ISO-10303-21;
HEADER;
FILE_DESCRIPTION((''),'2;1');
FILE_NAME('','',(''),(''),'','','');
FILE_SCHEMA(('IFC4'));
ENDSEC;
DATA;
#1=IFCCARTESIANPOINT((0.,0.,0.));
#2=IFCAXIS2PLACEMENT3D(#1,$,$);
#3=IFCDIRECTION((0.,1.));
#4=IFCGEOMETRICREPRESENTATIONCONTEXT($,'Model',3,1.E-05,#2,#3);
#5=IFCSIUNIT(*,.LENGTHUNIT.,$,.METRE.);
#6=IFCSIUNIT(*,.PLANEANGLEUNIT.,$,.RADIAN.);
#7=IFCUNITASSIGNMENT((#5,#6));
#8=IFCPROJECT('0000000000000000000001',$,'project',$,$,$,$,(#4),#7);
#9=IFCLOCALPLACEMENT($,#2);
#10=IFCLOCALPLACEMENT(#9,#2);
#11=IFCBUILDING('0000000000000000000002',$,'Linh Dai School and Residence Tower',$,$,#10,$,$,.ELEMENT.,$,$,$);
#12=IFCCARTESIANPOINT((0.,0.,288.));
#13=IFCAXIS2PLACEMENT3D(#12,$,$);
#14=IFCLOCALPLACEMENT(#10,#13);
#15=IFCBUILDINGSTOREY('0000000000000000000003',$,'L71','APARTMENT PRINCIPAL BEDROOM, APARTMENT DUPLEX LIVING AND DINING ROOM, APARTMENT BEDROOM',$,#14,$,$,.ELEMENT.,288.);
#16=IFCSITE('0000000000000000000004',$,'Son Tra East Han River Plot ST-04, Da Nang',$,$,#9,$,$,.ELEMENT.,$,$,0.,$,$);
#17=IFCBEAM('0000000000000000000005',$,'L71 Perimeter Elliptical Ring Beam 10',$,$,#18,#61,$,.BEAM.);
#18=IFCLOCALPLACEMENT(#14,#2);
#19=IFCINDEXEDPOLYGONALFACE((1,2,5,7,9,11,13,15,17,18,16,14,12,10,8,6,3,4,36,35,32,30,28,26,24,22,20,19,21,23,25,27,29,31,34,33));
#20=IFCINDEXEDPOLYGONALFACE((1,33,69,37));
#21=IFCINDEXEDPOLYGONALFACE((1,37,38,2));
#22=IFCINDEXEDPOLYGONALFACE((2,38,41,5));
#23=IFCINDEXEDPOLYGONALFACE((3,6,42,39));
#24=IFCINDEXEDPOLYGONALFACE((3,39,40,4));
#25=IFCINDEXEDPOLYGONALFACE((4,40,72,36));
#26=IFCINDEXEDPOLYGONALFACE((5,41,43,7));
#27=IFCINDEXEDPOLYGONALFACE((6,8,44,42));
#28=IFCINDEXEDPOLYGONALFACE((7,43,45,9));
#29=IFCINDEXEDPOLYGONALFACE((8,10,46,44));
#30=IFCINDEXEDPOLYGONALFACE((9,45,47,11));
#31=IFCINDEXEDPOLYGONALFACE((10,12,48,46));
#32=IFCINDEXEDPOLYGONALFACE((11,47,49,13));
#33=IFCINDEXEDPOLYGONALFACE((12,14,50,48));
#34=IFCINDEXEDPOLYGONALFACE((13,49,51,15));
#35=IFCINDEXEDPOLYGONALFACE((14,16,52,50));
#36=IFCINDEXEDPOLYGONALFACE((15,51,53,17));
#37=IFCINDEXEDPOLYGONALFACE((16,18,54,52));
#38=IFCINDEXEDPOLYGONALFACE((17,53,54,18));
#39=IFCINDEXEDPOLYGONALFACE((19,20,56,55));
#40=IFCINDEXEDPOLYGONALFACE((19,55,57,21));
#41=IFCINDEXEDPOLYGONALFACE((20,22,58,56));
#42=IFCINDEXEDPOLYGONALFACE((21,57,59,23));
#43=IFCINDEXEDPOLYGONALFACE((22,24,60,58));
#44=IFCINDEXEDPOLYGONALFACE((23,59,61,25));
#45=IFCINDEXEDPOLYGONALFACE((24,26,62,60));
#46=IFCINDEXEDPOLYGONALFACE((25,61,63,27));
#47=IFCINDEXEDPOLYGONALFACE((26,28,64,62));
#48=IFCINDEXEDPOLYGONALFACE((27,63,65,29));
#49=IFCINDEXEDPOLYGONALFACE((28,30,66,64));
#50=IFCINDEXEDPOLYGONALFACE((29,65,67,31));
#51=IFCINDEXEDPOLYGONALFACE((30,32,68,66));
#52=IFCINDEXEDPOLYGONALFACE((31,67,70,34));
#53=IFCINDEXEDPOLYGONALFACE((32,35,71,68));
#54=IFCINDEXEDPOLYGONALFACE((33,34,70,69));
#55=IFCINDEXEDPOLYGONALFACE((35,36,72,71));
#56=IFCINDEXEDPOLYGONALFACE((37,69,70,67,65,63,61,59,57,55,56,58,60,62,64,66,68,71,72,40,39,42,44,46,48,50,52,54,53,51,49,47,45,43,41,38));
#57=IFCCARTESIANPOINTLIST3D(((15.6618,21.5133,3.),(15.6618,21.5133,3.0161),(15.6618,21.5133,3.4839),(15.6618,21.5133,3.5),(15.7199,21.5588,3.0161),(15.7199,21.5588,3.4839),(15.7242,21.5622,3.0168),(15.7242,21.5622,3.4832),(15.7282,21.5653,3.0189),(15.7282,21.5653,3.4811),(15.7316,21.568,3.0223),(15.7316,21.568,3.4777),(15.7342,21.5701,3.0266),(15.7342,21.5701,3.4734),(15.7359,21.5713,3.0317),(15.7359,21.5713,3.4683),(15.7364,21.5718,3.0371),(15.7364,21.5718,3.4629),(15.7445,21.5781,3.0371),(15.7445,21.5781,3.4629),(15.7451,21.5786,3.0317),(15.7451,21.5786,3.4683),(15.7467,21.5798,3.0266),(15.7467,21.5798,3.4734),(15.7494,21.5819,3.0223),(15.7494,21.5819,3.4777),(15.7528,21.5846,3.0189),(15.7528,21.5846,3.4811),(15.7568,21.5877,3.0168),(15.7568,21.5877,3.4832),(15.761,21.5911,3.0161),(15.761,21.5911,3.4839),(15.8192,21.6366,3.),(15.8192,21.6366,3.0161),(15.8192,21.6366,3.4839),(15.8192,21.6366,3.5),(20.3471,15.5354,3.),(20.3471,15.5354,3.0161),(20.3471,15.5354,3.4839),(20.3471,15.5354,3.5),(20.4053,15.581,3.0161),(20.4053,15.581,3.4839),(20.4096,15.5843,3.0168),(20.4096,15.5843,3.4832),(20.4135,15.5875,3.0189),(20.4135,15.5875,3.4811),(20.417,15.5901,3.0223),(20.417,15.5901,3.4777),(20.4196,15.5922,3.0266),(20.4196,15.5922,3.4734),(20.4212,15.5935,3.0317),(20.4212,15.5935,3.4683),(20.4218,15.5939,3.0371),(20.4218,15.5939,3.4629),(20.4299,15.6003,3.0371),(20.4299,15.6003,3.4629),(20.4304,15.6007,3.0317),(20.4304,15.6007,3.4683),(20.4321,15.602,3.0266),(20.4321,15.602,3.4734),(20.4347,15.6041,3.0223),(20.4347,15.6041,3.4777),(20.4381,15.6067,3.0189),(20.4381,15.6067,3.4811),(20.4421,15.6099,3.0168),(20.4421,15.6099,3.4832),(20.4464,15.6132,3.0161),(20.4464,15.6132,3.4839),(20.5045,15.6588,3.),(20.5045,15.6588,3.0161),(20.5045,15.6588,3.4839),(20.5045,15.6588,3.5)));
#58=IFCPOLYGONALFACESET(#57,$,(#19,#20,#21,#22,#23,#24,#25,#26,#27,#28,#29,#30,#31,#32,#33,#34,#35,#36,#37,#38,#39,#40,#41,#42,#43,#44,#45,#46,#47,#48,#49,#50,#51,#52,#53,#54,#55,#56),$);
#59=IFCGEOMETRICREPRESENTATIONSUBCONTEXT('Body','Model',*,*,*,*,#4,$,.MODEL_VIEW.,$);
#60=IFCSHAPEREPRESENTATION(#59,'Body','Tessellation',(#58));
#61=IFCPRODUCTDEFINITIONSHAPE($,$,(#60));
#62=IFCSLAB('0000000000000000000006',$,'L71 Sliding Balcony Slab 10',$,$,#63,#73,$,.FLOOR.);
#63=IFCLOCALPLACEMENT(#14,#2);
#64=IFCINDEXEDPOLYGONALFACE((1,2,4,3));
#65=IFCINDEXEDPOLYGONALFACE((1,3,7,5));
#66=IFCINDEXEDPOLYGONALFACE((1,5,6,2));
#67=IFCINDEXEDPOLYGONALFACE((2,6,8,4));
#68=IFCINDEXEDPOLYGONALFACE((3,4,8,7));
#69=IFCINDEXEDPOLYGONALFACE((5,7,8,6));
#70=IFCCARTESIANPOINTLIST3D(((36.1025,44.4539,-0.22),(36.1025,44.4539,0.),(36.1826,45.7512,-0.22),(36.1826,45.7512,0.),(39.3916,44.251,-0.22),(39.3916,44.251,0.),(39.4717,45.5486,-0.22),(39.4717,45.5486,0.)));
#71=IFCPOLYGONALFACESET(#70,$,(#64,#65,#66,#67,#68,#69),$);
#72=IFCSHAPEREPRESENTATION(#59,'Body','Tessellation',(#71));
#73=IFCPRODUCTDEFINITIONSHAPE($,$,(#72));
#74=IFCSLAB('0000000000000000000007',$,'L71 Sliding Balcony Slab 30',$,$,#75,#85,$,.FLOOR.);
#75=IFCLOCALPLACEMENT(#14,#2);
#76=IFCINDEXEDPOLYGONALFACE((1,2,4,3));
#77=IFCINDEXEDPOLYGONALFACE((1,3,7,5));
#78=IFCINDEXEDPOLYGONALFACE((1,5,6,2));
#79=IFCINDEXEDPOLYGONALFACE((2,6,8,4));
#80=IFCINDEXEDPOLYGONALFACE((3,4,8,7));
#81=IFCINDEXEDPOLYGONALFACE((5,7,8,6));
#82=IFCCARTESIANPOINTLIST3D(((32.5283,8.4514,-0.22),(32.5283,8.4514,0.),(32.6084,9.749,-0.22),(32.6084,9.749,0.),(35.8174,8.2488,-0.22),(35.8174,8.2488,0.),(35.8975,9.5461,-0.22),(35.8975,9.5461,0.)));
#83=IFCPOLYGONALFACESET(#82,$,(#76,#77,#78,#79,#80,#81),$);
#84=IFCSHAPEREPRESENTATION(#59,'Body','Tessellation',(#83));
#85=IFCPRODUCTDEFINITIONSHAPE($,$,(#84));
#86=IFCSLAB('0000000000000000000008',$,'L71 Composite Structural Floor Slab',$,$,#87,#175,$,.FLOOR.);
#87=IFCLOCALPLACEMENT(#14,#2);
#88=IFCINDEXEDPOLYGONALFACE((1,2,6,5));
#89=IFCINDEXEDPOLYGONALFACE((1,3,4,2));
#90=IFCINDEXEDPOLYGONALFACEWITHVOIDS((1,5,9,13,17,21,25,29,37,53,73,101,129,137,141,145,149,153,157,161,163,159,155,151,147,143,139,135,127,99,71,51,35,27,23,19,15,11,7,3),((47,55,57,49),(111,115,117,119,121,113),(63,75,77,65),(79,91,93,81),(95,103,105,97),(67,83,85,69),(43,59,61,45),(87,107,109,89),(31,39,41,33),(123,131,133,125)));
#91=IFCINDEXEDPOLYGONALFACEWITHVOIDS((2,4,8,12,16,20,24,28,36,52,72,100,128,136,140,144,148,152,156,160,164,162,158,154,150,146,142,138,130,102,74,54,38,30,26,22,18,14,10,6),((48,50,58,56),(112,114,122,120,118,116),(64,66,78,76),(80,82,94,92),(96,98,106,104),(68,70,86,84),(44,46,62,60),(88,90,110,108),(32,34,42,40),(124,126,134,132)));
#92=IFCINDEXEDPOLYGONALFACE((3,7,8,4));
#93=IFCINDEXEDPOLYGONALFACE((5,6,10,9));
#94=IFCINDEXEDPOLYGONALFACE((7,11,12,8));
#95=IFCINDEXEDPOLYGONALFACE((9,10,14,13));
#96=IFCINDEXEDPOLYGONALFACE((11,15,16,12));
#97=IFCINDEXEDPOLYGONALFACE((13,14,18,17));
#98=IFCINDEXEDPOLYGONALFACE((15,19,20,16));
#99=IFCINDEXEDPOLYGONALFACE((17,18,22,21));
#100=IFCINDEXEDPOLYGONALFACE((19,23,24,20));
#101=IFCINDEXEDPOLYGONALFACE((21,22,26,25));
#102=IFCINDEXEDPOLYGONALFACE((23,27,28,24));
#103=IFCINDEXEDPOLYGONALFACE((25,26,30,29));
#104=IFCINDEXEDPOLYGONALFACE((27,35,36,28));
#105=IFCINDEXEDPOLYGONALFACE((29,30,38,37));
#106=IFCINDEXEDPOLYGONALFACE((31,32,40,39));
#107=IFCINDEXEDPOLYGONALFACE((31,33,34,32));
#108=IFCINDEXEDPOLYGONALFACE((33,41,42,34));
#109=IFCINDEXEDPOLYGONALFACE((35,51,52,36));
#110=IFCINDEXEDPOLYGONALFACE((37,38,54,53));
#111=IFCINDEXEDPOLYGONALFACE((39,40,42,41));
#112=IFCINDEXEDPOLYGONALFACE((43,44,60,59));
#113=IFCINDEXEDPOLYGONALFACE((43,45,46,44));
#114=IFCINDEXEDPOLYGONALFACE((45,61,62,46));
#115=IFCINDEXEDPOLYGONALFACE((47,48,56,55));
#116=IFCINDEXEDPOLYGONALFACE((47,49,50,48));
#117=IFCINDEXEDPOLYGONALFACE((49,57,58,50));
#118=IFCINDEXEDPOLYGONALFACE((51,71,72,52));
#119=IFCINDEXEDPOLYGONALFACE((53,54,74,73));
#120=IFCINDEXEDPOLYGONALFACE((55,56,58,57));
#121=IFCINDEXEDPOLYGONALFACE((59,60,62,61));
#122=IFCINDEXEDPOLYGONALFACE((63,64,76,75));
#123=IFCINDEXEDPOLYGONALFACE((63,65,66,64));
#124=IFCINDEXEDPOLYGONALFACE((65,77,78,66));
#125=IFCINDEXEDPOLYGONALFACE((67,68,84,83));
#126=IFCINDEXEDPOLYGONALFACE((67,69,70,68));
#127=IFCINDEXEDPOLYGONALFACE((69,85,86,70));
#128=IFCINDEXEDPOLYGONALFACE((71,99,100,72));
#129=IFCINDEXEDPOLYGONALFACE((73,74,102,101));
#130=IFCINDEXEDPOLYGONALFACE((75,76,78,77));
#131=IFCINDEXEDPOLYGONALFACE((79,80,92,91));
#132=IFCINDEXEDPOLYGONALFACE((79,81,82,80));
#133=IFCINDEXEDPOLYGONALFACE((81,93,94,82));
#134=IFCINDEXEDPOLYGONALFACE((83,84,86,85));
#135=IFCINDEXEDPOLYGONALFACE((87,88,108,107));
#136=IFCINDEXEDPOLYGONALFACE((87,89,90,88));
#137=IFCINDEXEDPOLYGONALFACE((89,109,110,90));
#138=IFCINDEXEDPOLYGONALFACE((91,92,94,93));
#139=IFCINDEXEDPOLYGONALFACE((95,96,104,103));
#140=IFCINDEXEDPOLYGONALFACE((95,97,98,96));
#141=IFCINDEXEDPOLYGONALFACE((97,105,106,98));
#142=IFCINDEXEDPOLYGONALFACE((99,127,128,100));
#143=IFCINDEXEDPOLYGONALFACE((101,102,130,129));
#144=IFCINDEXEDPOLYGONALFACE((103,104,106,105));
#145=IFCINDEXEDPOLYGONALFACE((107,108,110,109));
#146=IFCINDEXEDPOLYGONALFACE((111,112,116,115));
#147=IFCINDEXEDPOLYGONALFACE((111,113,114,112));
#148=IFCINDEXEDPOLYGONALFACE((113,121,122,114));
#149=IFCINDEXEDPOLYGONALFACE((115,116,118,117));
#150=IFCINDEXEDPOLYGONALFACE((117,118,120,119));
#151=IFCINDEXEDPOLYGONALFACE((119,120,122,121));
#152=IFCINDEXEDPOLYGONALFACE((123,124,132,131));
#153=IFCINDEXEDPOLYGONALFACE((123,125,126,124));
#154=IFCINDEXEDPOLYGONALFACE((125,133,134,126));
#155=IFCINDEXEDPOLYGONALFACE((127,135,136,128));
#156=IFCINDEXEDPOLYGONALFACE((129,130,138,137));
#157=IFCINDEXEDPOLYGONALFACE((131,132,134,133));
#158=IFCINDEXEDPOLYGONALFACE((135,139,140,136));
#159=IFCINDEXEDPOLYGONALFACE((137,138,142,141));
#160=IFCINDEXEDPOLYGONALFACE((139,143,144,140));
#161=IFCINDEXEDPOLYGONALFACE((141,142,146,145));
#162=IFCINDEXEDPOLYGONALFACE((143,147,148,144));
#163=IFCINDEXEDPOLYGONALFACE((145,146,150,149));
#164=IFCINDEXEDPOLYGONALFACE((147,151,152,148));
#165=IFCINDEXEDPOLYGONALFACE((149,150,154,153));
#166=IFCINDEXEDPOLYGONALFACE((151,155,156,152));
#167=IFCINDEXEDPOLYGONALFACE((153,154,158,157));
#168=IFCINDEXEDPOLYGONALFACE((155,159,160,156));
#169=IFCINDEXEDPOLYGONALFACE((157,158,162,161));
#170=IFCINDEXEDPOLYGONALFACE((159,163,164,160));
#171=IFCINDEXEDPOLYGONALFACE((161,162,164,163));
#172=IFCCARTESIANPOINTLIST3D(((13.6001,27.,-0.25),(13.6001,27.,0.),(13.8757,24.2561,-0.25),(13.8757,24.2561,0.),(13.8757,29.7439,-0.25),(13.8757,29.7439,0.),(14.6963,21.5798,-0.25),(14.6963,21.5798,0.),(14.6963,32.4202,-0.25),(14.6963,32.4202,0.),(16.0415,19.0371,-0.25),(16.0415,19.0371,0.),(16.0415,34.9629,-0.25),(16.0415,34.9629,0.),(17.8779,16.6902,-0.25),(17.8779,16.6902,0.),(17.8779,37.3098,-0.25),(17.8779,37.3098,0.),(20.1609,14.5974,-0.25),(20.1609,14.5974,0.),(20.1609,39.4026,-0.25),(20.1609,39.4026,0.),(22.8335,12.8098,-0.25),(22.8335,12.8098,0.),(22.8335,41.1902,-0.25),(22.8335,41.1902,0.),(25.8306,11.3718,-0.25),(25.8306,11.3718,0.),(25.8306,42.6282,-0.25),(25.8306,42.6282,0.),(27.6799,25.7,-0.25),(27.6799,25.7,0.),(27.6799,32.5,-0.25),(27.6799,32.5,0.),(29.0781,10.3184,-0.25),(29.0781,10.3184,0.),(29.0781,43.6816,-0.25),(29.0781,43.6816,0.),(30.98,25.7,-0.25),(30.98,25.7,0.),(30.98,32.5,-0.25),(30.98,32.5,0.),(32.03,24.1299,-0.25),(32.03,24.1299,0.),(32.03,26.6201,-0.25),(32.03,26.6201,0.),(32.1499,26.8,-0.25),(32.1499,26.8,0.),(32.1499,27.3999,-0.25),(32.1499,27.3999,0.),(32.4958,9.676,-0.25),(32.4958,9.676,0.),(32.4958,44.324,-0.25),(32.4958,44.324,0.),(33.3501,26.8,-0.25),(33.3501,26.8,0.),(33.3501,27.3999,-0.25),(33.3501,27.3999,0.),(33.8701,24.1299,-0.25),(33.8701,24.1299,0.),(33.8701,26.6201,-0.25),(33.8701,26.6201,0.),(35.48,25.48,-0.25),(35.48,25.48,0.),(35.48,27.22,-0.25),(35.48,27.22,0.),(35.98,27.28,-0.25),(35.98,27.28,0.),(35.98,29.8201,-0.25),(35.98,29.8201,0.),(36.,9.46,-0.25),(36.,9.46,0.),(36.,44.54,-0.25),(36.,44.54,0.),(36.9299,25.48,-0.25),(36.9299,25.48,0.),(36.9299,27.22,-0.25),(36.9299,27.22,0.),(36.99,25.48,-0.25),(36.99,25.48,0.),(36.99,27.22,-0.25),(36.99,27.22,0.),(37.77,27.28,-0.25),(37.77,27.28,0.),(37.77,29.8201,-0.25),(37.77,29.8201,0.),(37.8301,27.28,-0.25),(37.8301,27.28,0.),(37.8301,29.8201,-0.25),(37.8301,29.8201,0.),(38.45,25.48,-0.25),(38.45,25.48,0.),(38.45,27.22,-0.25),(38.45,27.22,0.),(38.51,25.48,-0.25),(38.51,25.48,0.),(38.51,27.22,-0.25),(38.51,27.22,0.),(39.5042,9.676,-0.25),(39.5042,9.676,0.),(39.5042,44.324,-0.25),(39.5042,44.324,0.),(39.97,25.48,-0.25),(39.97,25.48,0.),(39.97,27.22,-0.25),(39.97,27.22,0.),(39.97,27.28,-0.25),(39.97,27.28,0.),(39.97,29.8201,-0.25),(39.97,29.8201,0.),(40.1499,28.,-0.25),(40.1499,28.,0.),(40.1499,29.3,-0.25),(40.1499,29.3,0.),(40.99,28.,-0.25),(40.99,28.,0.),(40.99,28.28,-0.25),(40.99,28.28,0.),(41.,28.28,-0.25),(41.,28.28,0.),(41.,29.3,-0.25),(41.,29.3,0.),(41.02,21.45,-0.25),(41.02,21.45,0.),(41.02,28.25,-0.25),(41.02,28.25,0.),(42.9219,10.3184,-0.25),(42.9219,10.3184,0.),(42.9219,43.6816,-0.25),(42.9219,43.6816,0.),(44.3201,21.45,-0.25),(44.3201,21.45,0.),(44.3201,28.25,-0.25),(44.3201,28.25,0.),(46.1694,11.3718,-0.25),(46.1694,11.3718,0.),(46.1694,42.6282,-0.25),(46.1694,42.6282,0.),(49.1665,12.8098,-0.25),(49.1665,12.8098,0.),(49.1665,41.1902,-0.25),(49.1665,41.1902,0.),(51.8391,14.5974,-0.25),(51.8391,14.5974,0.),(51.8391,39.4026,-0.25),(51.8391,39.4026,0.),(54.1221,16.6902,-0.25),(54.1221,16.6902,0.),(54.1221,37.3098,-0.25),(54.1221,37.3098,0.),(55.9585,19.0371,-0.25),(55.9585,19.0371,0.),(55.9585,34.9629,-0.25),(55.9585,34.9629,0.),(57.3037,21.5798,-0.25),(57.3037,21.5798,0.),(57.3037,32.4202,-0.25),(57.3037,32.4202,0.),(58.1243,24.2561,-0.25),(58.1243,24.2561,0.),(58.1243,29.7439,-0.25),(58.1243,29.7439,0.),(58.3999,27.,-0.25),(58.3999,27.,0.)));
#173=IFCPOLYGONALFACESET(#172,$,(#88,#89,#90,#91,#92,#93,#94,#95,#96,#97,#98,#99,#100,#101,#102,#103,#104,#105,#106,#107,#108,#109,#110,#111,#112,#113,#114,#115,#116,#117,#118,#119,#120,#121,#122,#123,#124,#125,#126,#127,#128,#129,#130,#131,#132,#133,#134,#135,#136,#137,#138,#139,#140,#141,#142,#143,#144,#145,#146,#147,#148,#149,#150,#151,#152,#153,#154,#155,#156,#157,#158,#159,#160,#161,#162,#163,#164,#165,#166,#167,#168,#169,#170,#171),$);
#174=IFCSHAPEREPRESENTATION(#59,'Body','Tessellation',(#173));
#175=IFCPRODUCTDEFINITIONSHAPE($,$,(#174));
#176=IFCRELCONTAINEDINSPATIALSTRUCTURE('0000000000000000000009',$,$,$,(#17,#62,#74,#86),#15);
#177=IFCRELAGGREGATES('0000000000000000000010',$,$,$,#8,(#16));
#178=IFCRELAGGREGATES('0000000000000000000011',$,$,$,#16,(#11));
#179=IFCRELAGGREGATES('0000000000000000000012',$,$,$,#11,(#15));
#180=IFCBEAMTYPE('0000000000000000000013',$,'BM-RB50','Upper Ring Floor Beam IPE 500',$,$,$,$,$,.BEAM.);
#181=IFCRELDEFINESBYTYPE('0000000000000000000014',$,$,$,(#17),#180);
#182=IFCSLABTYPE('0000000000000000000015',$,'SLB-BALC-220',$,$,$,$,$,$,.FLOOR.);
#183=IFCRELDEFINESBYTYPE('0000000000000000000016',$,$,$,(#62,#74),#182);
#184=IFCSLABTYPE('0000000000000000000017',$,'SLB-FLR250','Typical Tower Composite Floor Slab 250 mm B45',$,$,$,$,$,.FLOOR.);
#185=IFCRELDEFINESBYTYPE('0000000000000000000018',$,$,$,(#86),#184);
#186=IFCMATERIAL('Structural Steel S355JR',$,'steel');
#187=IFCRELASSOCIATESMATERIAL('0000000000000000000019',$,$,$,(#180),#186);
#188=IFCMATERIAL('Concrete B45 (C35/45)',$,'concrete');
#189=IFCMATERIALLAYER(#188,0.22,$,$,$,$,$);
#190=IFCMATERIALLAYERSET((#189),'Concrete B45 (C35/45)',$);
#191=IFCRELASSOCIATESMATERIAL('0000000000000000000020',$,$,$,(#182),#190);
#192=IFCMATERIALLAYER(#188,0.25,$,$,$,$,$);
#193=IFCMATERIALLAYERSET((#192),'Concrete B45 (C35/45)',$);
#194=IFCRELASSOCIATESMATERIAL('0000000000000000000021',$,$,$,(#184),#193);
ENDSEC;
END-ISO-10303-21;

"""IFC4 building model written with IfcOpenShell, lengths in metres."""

from ifc_helpers import new_model, si_unit, direction, frame, origin, origin_2d, place, context, subcontext, project, spatial, polyline, i_section, outline, extrude, material, layer, layer_set, material_profile, profile_set, type_object, element, save


model = new_model("IFC4")

# Units and contexts
model_context = context("Model", 3, precision=1e-05, world=origin(), true_north=direction((0.0, 1.0)))
body_context = subcontext(model_context, "Body", "Model", "MODEL_VIEW")
ifc_project = project(units=[si_unit("LENGTHUNIT", "METRE"), si_unit("PLANEANGLEUNIT", "RADIAN")], contexts=[model_context])

# Site, building, storey
site_placement = place(None, origin())
site = spatial("IfcSite", under=ifc_project, at=site_placement, Name="Son Tra East Han River Plot ST-04, Da Nang", CompositionType="ELEMENT", RefElevation=0.0)
building_placement = place(site_placement, origin())
building = spatial("IfcBuilding", under=site, at=building_placement, Name="Linh Dai School and Residence Tower", CompositionType="ELEMENT")
storey_placement = place(building_placement, frame((0.0, 0.0, 288.0)))
storey = spatial("IfcBuildingStorey", under=building, at=storey_placement, Name="L71", Description="APARTMENT PRINCIPAL BEDROOM, APARTMENT DUPLEX LIVING AND DINING ROOM, APARTMENT BEDROOM", CompositionType="ELEMENT", Elevation=288.0)

# Shared definitions
ifc_material_1 = material(Name="Structural Steel S355JR", Category="steel")

# Beam
ifc_material_profile_1 = material_profile(ifc_material_1, i_section(OverallWidth=0.2, OverallDepth=0.5, WebThickness=0.0103, FlangeThickness=0.0161, FilletRadius=0.021, at=origin_2d()), Name="IPE 500")
ifc_profile_set_1 = profile_set([ifc_material_profile_1], Name="Structural Steel S355JR")
beam_type_1 = type_object("IfcBeamType", Name="BM-RB50", Description="Upper Ring Floor Beam IPE 500", PredefinedType="BEAM", material=ifc_profile_set_1)
beam_1_placement = place(storey_placement, frame((15.7405, 21.575, 3.25), z_axis=(0.616883, -0.787055, 0.0), x_axis=(0.787055, 0.616883, 0.0)))
element("IfcBeam", 1, at=beam_1_placement, inside=storey, type_object=beam_type_1, Name="L71 Perimeter Elliptical Ring Beam 10", PredefinedType="BEAM", context=body_context, shape_type="SweptSolid", body=[
    extrude(i_section(OverallWidth=0.2, OverallDepth=0.5, WebThickness=0.0103, FlangeThickness=0.0161, FilletRadius=0.021, at=origin_2d()), origin(), (0.0, 0.0, 1.0), 7.5952),
])

# Slabs
ifc_material_2 = material(Name="Concrete B45 (C35/45)", Category="concrete")
ifc_layer_1 = layer(ifc_material_2, 0.22)
ifc_layer_set_1 = layer_set([ifc_layer_1], Name="Concrete B45 (C35/45)")
slab_type_1 = type_object("IfcSlabType", Name="SLB-BALC-220", PredefinedType="FLOOR", material=ifc_layer_set_1)
slab_1_placement = place(storey_placement, frame((0.0, 0.0, -0.22)))
element("IfcSlab", 2, at=slab_1_placement, inside=storey, type_object=slab_type_1, Name="L71 Sliding Balcony Slab 10", PredefinedType="FLOOR", context=body_context, shape_type="SweptSolid", body=[
    extrude(outline(polyline([(36.1025, 44.4539), (39.3916, 44.251), (39.4717, 45.5486), (36.1826, 45.7512), (36.1025, 44.4539)])), origin(), (0.0, 0.0, 1.0), 0.22),
])
slab_2_placement = place(storey_placement, frame((0.0, 0.0, -0.22)))
element("IfcSlab", 3, at=slab_2_placement, inside=storey, type_object=slab_type_1, Name="L71 Sliding Balcony Slab 30", PredefinedType="FLOOR", context=body_context, shape_type="SweptSolid", body=[
    extrude(outline(polyline([(35.8975, 9.5461), (32.6084, 9.749), (32.5283, 8.4514), (35.8174, 8.2488), (35.8975, 9.5461)])), origin(), (0.0, 0.0, 1.0), 0.22),
])
ifc_layer_2 = layer(ifc_material_2, 0.25)
ifc_layer_set_2 = layer_set([ifc_layer_2], Name="Concrete B45 (C35/45)")
slab_type_2 = type_object("IfcSlabType", Name="SLB-FLR250", Description="Typical Tower Composite Floor Slab 250 mm B45", PredefinedType="FLOOR", material=ifc_layer_set_2)
slab_3_placement = place(storey_placement, frame((0.0, 0.0, -0.25)))
element("IfcSlab", 4, at=slab_3_placement, inside=storey, type_object=slab_type_2, Name="L71 Composite Structural Floor Slab", PredefinedType="FLOOR", context=body_context, shape_type="SweptSolid", body=[
    extrude(outline(polyline([(58.3999, 27.0), (58.1243, 29.7439), (57.3037, 32.4202), (55.9585, 34.9629), (54.1221, 37.3098), (51.8391, 39.4026), (49.1665, 41.1902), (46.1694, 42.6282), (42.9219, 43.6816), (39.5042, 44.324), (36.0, 44.54), (32.4958, 44.324), (29.0781, 43.6816), (25.8306, 42.6282), (22.8335, 41.1902), (20.1609, 39.4026), (17.8779, 37.3098), (16.0415, 34.9629), (14.6963, 32.4202), (13.8757, 29.7439), (13.6001, 27.0), (13.8757, 24.2561), (14.6963, 21.5798), (16.0415, 19.0371), (17.8779, 16.6902), (20.1609, 14.5974), (22.8335, 12.8098), (25.8306, 11.3718), (29.0781, 10.3184), (32.4958, 9.676), (36.0, 9.46), (39.5042, 9.676), (42.9219, 10.3184), (46.1694, 11.3718), (49.1665, 12.8098), (51.8391, 14.5974), (54.1221, 16.6902), (55.9585, 19.0371), (57.3037, 21.5798), (58.1243, 24.2561), (58.3999, 27.0)]), holes=[polyline([(30.98, 25.7), (30.98, 32.5), (27.6799, 32.5), (27.6799, 25.7), (30.98, 25.7)]), polyline([(41.02, 28.25), (41.02, 21.45), (44.3201, 21.45), (44.3201, 28.25), (41.02, 28.25)]), polyline([(35.98, 27.28), (37.77, 27.28), (37.77, 29.8201), (35.98, 29.8201), (35.98, 27.28)]), polyline([(32.03, 24.1299), (33.8701, 24.1299), (33.8701, 26.6201), (32.03, 26.6201), (32.03, 24.1299)]), polyline([(37.8301, 27.28), (39.97, 27.28), (39.97, 29.8201), (37.8301, 29.8201), (37.8301, 27.28)]), polyline([(35.48, 25.48), (36.9299, 25.48), (36.9299, 27.22), (35.48, 27.22), (35.48, 25.48)]), polyline([(36.99, 25.48), (38.45, 25.48), (38.45, 27.22), (36.99, 27.22), (36.99, 25.48)]), polyline([(38.51, 25.48), (39.97, 25.48), (39.97, 27.22), (38.51, 27.22), (38.51, 25.48)]), polyline([(40.1499, 28.0), (40.1499, 29.3), (41.0, 29.3), (41.0, 28.28), (40.99, 28.28), (40.99, 28.0), (40.1499, 28.0)]), polyline([(32.1499, 26.8), (33.3501, 26.8), (33.3501, 27.3999), (32.1499, 27.3999), (32.1499, 26.8)])]), origin(), (0.0, 0.0, 1.0), 0.25),
])

save(model, "model.ifc")
